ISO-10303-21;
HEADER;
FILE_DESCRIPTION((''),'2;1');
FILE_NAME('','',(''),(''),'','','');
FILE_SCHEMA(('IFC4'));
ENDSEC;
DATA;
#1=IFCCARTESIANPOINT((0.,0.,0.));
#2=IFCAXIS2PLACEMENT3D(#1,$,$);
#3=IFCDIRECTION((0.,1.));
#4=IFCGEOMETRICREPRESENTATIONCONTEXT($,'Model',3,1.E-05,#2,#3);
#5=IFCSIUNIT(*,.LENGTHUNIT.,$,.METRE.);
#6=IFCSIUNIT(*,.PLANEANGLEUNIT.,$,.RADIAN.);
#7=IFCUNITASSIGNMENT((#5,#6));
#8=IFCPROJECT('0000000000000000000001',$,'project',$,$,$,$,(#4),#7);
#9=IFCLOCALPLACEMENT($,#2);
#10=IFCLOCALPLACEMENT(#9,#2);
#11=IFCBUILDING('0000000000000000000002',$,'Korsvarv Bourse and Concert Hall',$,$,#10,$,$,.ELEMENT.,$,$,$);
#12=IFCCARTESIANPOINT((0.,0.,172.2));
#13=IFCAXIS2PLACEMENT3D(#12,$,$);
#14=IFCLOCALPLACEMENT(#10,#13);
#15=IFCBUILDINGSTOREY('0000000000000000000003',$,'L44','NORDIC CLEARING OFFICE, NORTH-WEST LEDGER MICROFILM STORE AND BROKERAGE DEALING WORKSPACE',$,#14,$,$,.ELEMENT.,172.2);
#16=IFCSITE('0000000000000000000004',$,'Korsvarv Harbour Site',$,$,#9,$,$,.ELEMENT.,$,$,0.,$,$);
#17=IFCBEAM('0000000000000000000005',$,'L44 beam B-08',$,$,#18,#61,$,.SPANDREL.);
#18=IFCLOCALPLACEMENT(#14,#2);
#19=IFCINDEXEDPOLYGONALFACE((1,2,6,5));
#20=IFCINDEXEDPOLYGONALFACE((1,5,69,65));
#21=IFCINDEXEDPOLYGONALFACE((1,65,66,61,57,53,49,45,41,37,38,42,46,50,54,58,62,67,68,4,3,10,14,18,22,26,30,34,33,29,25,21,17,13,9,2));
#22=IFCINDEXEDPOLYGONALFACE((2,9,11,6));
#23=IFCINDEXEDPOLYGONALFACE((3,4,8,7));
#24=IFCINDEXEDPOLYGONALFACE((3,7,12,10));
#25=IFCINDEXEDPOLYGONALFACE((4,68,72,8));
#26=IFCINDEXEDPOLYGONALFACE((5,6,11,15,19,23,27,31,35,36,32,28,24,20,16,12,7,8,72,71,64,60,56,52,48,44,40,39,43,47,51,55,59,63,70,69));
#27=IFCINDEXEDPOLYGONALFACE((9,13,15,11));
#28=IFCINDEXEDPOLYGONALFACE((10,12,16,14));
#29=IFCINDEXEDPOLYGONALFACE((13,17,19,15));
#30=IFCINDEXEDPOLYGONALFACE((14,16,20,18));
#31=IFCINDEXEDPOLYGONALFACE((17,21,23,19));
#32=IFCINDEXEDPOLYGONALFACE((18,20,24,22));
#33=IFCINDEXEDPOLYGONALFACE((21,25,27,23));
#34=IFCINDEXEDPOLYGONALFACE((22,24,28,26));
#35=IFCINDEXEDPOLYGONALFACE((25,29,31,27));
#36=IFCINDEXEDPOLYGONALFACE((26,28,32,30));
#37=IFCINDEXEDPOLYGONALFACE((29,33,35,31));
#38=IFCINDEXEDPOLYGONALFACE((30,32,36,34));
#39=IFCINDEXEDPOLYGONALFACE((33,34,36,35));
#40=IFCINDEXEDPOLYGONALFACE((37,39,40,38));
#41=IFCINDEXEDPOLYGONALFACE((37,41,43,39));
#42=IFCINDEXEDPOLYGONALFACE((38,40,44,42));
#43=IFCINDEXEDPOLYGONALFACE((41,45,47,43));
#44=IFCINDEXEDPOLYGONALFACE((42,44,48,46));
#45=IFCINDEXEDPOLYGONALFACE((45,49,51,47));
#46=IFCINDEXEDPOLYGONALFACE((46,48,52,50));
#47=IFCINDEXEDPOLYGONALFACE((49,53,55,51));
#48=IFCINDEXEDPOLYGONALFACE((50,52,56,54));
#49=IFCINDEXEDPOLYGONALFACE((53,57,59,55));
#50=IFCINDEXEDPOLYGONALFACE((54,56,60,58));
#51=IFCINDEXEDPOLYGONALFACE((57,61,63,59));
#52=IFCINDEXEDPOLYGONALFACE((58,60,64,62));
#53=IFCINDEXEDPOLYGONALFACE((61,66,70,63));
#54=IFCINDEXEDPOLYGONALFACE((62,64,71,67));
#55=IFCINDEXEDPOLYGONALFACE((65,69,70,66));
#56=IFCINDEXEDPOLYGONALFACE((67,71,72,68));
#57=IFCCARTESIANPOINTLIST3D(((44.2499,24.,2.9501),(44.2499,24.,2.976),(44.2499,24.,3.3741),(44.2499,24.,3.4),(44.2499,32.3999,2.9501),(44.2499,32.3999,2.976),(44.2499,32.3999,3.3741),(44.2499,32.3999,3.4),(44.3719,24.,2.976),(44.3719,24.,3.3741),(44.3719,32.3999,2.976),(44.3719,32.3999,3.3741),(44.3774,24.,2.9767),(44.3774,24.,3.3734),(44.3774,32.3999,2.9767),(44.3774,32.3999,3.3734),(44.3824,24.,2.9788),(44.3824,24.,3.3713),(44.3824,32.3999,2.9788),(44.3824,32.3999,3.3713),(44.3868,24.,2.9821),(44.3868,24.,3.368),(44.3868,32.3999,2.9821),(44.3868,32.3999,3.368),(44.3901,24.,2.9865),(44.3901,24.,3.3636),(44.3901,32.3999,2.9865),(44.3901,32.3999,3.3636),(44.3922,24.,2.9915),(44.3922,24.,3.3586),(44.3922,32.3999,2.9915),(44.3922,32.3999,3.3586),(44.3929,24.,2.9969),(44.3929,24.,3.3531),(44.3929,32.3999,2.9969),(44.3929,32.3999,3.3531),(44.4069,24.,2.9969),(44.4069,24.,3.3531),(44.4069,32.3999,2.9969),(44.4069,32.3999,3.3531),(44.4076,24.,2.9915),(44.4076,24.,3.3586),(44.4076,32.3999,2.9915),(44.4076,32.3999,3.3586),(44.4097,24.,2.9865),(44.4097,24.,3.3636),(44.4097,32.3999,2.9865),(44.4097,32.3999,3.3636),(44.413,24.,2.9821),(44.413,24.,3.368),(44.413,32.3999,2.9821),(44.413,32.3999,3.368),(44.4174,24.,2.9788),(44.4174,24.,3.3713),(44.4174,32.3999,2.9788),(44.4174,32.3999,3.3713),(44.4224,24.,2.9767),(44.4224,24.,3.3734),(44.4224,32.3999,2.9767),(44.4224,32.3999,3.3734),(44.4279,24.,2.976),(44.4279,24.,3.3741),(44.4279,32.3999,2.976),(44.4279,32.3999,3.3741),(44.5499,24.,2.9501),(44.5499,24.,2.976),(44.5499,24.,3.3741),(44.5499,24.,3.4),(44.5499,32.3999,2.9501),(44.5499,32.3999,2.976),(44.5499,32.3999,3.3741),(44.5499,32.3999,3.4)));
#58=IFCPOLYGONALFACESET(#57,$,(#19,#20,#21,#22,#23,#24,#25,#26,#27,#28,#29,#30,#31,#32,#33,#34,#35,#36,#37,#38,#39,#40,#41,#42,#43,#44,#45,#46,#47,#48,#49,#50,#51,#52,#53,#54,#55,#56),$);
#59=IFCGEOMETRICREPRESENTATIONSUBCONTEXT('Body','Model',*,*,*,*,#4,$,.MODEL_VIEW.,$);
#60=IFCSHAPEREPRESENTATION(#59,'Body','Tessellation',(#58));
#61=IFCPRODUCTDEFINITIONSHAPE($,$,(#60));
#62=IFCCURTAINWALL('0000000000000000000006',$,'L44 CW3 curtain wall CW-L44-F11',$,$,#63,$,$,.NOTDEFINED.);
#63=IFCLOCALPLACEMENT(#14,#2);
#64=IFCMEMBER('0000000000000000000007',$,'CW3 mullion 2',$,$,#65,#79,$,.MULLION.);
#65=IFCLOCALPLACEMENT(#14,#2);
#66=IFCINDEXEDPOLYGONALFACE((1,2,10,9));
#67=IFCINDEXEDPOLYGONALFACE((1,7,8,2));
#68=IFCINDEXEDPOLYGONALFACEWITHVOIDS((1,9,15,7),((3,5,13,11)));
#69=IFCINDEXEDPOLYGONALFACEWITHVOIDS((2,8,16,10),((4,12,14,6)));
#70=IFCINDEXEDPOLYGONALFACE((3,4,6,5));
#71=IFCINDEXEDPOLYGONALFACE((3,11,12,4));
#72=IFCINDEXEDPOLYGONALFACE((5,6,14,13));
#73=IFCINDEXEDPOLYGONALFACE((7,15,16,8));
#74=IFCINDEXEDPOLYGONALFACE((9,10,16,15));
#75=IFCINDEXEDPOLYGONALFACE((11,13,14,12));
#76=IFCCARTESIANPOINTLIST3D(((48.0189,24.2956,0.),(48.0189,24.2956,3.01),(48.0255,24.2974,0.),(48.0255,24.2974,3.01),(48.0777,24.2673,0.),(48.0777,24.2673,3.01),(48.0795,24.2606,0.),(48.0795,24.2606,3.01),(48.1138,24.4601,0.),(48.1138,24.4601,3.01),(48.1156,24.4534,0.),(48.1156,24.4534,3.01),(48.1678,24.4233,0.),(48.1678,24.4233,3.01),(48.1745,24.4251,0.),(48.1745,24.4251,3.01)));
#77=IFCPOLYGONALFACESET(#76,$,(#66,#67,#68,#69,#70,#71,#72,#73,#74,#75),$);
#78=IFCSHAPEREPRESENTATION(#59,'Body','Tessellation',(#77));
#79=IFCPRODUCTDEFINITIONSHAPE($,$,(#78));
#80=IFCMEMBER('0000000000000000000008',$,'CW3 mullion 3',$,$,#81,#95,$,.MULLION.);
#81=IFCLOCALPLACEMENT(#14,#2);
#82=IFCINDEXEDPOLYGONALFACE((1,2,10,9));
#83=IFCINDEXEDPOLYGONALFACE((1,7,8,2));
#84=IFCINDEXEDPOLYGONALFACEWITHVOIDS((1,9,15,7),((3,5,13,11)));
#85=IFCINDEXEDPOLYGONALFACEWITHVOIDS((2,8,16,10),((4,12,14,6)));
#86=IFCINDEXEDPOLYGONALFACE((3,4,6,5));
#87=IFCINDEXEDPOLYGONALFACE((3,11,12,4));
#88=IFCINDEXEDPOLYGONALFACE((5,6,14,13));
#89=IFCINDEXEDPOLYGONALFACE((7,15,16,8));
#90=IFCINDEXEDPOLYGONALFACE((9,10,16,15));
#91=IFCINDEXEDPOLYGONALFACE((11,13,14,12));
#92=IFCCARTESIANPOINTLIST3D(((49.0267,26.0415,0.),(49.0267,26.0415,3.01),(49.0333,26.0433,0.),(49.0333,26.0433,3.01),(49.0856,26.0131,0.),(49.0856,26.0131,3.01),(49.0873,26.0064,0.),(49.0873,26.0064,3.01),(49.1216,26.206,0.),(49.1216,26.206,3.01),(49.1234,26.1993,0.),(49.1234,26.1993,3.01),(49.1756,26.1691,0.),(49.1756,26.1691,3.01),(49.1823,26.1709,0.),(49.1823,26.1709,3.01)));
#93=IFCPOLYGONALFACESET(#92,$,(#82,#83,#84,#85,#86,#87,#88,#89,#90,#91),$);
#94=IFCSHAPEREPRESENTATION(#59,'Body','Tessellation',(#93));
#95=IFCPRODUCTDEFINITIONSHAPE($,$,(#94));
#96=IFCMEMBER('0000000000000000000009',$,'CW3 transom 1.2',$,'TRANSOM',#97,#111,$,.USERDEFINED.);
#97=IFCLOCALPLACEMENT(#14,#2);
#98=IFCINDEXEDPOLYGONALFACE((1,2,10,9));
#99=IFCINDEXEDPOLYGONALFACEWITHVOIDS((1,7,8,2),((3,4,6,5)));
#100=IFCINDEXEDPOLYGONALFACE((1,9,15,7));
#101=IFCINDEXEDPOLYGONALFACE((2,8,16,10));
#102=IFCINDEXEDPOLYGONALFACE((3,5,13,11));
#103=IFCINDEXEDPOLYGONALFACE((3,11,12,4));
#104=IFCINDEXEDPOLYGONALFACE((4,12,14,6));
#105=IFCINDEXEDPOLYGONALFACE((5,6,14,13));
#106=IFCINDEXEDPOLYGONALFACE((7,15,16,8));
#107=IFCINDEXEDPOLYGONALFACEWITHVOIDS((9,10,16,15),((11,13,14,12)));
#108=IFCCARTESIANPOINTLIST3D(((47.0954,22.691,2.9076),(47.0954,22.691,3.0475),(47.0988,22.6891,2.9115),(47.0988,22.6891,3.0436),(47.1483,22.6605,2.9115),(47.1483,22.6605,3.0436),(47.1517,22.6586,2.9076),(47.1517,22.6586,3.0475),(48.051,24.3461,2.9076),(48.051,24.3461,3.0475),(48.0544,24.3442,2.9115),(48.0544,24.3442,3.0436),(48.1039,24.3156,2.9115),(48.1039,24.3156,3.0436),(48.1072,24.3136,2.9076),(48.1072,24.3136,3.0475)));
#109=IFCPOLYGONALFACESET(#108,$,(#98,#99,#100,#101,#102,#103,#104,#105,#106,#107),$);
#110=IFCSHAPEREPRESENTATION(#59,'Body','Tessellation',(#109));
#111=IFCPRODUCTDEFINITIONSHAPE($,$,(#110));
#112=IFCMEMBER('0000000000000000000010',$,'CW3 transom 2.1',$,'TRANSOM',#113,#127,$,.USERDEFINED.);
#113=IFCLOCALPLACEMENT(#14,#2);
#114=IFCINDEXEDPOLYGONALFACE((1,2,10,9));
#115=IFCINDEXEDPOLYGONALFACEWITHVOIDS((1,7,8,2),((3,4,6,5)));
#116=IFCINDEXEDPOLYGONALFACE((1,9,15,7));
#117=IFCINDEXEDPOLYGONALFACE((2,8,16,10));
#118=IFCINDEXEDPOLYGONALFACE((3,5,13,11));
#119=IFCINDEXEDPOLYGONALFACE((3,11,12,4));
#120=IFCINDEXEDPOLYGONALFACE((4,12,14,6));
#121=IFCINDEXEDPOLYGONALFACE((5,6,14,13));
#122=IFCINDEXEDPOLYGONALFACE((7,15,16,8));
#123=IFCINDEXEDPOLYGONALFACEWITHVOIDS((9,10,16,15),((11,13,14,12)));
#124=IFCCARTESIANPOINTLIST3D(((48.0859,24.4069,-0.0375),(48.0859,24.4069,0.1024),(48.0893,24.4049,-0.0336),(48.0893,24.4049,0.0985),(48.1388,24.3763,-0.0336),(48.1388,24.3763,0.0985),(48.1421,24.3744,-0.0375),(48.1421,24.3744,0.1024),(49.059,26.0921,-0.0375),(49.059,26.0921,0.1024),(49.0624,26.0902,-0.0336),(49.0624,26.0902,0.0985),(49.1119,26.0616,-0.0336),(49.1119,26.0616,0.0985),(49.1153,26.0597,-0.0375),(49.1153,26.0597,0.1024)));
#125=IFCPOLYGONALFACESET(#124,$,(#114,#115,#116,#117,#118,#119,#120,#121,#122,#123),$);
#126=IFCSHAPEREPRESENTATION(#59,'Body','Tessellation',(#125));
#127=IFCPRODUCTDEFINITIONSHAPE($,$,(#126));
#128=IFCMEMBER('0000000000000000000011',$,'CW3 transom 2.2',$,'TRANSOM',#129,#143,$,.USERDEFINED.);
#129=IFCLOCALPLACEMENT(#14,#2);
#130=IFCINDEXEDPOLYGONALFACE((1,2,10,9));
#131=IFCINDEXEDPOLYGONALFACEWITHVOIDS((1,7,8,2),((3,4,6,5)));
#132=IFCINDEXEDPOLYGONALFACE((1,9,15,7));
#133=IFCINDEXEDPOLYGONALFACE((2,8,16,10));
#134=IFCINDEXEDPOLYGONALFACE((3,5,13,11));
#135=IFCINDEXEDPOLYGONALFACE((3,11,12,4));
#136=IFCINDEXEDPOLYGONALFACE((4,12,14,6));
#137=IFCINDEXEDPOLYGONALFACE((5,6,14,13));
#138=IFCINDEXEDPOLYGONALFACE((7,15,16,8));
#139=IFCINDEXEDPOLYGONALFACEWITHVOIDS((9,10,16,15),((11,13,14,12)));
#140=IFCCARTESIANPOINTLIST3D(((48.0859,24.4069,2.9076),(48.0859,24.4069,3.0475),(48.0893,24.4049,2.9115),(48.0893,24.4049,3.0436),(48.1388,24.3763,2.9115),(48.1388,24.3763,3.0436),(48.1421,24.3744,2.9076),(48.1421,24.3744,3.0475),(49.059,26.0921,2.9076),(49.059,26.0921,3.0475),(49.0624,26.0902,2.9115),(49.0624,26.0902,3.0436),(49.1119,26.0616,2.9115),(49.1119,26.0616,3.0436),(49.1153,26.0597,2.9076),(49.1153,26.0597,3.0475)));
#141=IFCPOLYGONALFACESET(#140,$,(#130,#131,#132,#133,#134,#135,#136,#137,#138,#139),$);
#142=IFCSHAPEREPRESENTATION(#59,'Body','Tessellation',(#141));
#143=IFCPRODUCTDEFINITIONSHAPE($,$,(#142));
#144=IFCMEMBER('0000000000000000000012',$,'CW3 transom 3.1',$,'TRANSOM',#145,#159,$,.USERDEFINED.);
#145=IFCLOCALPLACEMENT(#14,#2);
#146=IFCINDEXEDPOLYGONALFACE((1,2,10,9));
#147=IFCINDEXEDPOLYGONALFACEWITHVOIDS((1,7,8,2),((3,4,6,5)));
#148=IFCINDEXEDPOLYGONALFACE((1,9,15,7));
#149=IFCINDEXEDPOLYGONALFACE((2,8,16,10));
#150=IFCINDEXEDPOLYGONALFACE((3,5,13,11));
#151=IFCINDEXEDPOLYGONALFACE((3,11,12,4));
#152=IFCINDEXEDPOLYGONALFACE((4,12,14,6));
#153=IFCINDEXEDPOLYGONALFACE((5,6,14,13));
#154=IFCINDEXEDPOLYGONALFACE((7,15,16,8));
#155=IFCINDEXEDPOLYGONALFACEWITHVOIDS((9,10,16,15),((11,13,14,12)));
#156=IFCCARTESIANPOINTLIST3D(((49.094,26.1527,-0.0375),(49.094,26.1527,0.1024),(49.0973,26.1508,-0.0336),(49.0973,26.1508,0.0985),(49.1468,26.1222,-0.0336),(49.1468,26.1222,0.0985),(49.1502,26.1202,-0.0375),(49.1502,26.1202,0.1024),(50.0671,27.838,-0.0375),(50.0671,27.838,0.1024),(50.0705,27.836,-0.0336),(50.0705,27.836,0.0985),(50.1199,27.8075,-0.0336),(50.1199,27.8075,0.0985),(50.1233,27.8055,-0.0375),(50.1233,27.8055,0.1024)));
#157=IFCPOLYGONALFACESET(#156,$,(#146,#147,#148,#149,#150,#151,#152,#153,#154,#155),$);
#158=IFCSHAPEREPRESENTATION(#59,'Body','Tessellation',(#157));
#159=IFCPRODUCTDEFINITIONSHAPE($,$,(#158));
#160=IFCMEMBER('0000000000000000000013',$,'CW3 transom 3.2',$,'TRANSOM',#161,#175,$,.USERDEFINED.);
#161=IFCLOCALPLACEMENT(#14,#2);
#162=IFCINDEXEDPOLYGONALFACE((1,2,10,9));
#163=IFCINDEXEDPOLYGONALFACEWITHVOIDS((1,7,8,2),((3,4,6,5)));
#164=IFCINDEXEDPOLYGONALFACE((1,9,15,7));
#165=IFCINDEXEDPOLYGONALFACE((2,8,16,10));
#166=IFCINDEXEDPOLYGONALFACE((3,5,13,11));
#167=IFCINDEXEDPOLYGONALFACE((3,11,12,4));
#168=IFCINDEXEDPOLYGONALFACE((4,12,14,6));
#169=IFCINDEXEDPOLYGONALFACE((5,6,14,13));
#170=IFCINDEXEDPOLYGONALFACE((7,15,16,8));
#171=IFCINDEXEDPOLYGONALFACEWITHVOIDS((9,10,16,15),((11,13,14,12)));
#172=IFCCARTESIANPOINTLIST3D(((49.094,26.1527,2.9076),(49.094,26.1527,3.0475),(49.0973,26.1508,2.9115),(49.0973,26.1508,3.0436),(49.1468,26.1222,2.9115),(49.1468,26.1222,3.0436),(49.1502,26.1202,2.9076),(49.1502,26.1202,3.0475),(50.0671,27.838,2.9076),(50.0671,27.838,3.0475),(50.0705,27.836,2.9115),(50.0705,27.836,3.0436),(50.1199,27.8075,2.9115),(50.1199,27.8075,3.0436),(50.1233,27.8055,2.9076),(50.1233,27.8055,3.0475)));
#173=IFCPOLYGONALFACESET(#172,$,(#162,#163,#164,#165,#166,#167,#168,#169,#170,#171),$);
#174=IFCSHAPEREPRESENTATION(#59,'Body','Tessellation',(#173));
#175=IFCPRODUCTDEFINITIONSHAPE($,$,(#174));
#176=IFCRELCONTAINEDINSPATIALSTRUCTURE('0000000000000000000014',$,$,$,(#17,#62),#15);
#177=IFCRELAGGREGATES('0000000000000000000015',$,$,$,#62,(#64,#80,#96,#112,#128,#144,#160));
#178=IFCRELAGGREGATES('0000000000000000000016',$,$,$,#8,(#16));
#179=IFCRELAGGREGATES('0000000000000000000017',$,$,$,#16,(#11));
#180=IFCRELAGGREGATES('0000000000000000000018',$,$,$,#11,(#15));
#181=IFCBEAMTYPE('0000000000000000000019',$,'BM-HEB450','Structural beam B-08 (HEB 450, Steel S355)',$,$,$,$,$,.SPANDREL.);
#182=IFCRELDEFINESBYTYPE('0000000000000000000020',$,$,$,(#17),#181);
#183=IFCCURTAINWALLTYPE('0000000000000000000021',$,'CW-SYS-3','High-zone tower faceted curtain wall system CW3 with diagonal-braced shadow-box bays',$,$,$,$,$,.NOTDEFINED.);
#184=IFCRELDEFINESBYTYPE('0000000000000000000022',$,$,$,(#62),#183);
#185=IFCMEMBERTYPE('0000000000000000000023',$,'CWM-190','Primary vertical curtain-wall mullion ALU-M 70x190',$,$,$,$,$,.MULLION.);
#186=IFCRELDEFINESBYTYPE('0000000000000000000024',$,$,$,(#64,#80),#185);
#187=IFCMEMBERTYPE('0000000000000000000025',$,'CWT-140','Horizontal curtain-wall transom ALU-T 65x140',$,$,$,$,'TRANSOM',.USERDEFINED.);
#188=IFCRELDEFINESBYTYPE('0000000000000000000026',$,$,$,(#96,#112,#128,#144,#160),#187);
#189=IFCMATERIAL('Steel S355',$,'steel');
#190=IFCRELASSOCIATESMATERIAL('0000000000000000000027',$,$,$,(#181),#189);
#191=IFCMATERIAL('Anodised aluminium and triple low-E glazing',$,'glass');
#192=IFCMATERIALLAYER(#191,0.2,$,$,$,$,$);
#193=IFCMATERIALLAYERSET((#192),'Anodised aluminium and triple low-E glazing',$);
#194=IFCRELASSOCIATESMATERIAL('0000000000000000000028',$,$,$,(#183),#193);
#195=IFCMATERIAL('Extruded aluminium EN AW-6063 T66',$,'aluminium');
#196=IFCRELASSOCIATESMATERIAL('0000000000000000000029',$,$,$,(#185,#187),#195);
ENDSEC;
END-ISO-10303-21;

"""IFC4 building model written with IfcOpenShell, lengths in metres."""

from ifc_helpers import new_model, si_unit, direction, frame, origin, origin_2d, place, context, subcontext, project, spatial, hollow_rectangle, i_section, extrude, source, transform, mapped, material, layer, layer_set, material_profile, profile_set, type_object, element, aggregate, save


model = new_model("IFC4")

# Units and contexts
model_context = context("Model", 3, precision=1e-05, world=origin(), true_north=direction((0.0, 1.0)))
body_context = subcontext(model_context, "Body", "Model", "MODEL_VIEW")
ifc_project = project(units=[si_unit("LENGTHUNIT", "METRE"), si_unit("PLANEANGLEUNIT", "RADIAN")], contexts=[model_context])

# Site, building, storey
site_placement = place(None, origin())
site = spatial("IfcSite", under=ifc_project, at=site_placement, Name="Korsvarv Harbour Site", CompositionType="ELEMENT", RefElevation=0.0)
building_placement = place(site_placement, origin())
building = spatial("IfcBuilding", under=site, at=building_placement, Name="Korsvarv Bourse and Concert Hall", CompositionType="ELEMENT")
storey_placement = place(building_placement, frame((0.0, 0.0, 172.2)))
storey = spatial("IfcBuildingStorey", under=building, at=storey_placement, Name="L44", Description="NORDIC CLEARING OFFICE, NORTH-WEST LEDGER MICROFILM STORE AND BROKERAGE DEALING WORKSPACE", CompositionType="ELEMENT", Elevation=172.2)

# Shared definitions
ifc_material_1 = material(Name="Steel S355", Category="steel")

# Beam
ifc_material_profile_1 = material_profile(ifc_material_1, i_section(OverallWidth=0.3, OverallDepth=0.45, WebThickness=0.0139, FlangeThickness=0.0259, FilletRadius=0.021, at=origin_2d()), Name="HEB 450")
ifc_profile_set_1 = profile_set([ifc_material_profile_1], Name="Steel S355")
beam_type = type_object("IfcBeamType", Name="BM-HEB450", Description="Structural beam B-08 (HEB 450, Steel S355)", PredefinedType="SPANDREL", material=ifc_profile_set_1)
shared_shape_1 = source(origin(), body_context, "Body", "SweptSolid", [
    extrude(i_section(OverallWidth=0.3, OverallDepth=0.45, WebThickness=0.0139, FlangeThickness=0.0259, FilletRadius=0.021, at=origin_2d()), origin(), (0.0, 0.0, 1.0), 8.3999),
])
for number, where, z_axis, x_axis, name in (
    (1, (44.3999, 24.0, 3.175), (0.0, 1.0, 0.0), (-1.0, 0.0, 0.0), "L44 beam B-08"),
):
    element("IfcBeam", number, at=place(storey_placement, frame(where, z_axis=z_axis, x_axis=x_axis)), inside=storey, type_object=beam_type, Name=name, PredefinedType="SPANDREL", context=body_context, shape_type="MappedRepresentation", body=[
        mapped(shared_shape_1, transform((0.0, 0.0, 0.0), scale=1.0)),
    ])

# Curtain wall, members
ifc_material_2 = material(Name="Anodised aluminium and triple low-E glazing", Category="glass")
ifc_layer_1 = layer(ifc_material_2, 0.2)
ifc_layer_set_1 = layer_set([ifc_layer_1], Name="Anodised aluminium and triple low-E glazing")
curtain_wall_type = type_object("IfcCurtainWallType", Name="CW-SYS-3", Description="High-zone tower faceted curtain wall system CW3 with diagonal-braced shadow-box bays", PredefinedType="NOTDEFINED", material=ifc_layer_set_1)
curtain_wall_placement = place(storey_placement, origin())
curtain_wall = element("IfcCurtainWall", 2, at=curtain_wall_placement, inside=storey, type_object=curtain_wall_type, Name="L44 CW3 curtain wall CW-L44-F11", PredefinedType="NOTDEFINED")
ifc_material_3 = material(Name="Extruded aluminium EN AW-6063 T66", Category="aluminium")
ifc_material_profile_2 = material_profile(ifc_material_3, hollow_rectangle(XDim=0.0701, YDim=0.1899, WallThickness=0.0049, at=origin_2d()), Name="ALU-M 70x190")
ifc_profile_set_2 = profile_set([ifc_material_profile_2], Name="Extruded aluminium EN AW-6063 T66")
member_type_1 = type_object("IfcMemberType", Name="CWM-190", Description="Primary vertical curtain-wall mullion ALU-M 70x190", PredefinedType="MULLION", material=ifc_profile_set_2)
shared_shape_2 = source(origin(), body_context, "Body", "SweptSolid", [
    extrude(hollow_rectangle(XDim=0.0701, YDim=0.1899, WallThickness=0.0049, at=origin_2d()), origin(), (0.0, 0.0, 1.0), 3.01),
])
member_1_placement = place(storey_placement, frame((48.0967, 24.3604, 0.0), z_axis=(0.0, 0.0, 1.0), x_axis=(-0.866029, 0.499994, 0.0)))
member_1 = element("IfcMember", 3, at=member_1_placement, type_object=member_type_1, Name="CW3 mullion 2", PredefinedType="MULLION", context=body_context, shape_type="MappedRepresentation", body=[
    mapped(shared_shape_2, transform((0.0, 0.0, 0.0), scale=1.0)),
])
member_2_placement = place(storey_placement, frame((49.1045, 26.1062, 0.0), z_axis=(0.0, 0.0, 1.0), x_axis=(-0.866029, 0.499994, 0.0)))
member_2 = element("IfcMember", 4, at=member_2_placement, type_object=member_type_1, Name="CW3 mullion 3", PredefinedType="MULLION", context=body_context, shape_type="MappedRepresentation", body=[
    mapped(shared_shape_2, transform((0.0, 0.0, 0.0), scale=1.0)),
])
ifc_material_profile_3 = material_profile(ifc_material_3, hollow_rectangle(XDim=0.0649, YDim=0.1399, WallThickness=0.0039, at=origin_2d()), Name="ALU-T 65x140")
ifc_profile_set_3 = profile_set([ifc_material_profile_3], Name="Extruded aluminium EN AW-6063 T66")
member_type_2 = type_object("IfcMemberType", Name="CWT-140", Description="Horizontal curtain-wall transom ALU-T 65x140", ElementType="TRANSOM", PredefinedType="USERDEFINED", material=ifc_profile_set_3)
shared_shape_3 = source(origin(), body_context, "Body", "SweptSolid", [
    extrude(hollow_rectangle(XDim=0.0649, YDim=0.1399, WallThickness=0.0039, at=origin_2d()), origin(), (0.0, 0.0, 1.0), 1.9111),
])
member_3_placement = place(storey_placement, frame((47.1235, 22.6748, 2.9775), z_axis=(0.500014, 0.866018, 0.0), x_axis=(-0.866018, 0.500014, 0.0)))
member_3 = element("IfcMember", 5, at=member_3_placement, type_object=member_type_2, Name="CW3 transom 1.2", ObjectType="TRANSOM", PredefinedType="USERDEFINED", context=body_context, shape_type="MappedRepresentation", body=[
    mapped(shared_shape_3, transform((0.0, 0.0, 0.0), scale=1.0)),
])
shared_shape_4 = source(origin(), body_context, "Body", "SweptSolid", [
    extrude(hollow_rectangle(XDim=0.0649, YDim=0.1399, WallThickness=0.0039, at=origin_2d()), origin(), (0.0, 0.0, 1.0), 1.946),
])
member_4_placement = place(storey_placement, frame((48.114, 24.3906, 0.0325), z_axis=(0.500052, 0.865995, 0.0), x_axis=(-0.865995, 0.500052, 0.0)))
member_4 = element("IfcMember", 6, at=member_4_placement, type_object=member_type_2, Name="CW3 transom 2.1", ObjectType="TRANSOM", PredefinedType="USERDEFINED", context=body_context, shape_type="MappedRepresentation", body=[
    mapped(shared_shape_4, transform((0.0, 0.0, 0.0), scale=1.0)),
])
member_5_placement = place(storey_placement, frame((48.114, 24.3906, 2.9775), z_axis=(0.500052, 0.865995, 0.0), x_axis=(-0.865995, 0.500052, 0.0)))
member_5 = element("IfcMember", 7, at=member_5_placement, type_object=member_type_2, Name="CW3 transom 2.2", ObjectType="TRANSOM", PredefinedType="USERDEFINED", context=body_context, shape_type="MappedRepresentation", body=[
    mapped(shared_shape_4, transform((0.0, 0.0, 0.0), scale=1.0)),
])
member_6_placement = place(storey_placement, frame((49.1221, 26.1365, 0.0325), z_axis=(0.500052, 0.865995, 0.0), x_axis=(-0.865995, 0.500052, 0.0)))
member_6 = element("IfcMember", 8, at=member_6_placement, type_object=member_type_2, Name="CW3 transom 3.1", ObjectType="TRANSOM", PredefinedType="USERDEFINED", context=body_context, shape_type="MappedRepresentation", body=[
    mapped(shared_shape_4, transform((0.0, 0.0, 0.0), scale=1.0)),
])
member_7_placement = place(storey_placement, frame((49.1221, 26.1365, 2.9775), z_axis=(0.500052, 0.865995, 0.0), x_axis=(-0.865995, 0.500052, 0.0)))
member_7 = element("IfcMember", 9, at=member_7_placement, type_object=member_type_2, Name="CW3 transom 3.2", ObjectType="TRANSOM", PredefinedType="USERDEFINED", context=body_context, shape_type="MappedRepresentation", body=[
    mapped(shared_shape_4, transform((0.0, 0.0, 0.0), scale=1.0)),
])
aggregate(curtain_wall, [member_1, member_2, member_3, member_4, member_5, member_6, member_7])

save(model, "model.ifc")
